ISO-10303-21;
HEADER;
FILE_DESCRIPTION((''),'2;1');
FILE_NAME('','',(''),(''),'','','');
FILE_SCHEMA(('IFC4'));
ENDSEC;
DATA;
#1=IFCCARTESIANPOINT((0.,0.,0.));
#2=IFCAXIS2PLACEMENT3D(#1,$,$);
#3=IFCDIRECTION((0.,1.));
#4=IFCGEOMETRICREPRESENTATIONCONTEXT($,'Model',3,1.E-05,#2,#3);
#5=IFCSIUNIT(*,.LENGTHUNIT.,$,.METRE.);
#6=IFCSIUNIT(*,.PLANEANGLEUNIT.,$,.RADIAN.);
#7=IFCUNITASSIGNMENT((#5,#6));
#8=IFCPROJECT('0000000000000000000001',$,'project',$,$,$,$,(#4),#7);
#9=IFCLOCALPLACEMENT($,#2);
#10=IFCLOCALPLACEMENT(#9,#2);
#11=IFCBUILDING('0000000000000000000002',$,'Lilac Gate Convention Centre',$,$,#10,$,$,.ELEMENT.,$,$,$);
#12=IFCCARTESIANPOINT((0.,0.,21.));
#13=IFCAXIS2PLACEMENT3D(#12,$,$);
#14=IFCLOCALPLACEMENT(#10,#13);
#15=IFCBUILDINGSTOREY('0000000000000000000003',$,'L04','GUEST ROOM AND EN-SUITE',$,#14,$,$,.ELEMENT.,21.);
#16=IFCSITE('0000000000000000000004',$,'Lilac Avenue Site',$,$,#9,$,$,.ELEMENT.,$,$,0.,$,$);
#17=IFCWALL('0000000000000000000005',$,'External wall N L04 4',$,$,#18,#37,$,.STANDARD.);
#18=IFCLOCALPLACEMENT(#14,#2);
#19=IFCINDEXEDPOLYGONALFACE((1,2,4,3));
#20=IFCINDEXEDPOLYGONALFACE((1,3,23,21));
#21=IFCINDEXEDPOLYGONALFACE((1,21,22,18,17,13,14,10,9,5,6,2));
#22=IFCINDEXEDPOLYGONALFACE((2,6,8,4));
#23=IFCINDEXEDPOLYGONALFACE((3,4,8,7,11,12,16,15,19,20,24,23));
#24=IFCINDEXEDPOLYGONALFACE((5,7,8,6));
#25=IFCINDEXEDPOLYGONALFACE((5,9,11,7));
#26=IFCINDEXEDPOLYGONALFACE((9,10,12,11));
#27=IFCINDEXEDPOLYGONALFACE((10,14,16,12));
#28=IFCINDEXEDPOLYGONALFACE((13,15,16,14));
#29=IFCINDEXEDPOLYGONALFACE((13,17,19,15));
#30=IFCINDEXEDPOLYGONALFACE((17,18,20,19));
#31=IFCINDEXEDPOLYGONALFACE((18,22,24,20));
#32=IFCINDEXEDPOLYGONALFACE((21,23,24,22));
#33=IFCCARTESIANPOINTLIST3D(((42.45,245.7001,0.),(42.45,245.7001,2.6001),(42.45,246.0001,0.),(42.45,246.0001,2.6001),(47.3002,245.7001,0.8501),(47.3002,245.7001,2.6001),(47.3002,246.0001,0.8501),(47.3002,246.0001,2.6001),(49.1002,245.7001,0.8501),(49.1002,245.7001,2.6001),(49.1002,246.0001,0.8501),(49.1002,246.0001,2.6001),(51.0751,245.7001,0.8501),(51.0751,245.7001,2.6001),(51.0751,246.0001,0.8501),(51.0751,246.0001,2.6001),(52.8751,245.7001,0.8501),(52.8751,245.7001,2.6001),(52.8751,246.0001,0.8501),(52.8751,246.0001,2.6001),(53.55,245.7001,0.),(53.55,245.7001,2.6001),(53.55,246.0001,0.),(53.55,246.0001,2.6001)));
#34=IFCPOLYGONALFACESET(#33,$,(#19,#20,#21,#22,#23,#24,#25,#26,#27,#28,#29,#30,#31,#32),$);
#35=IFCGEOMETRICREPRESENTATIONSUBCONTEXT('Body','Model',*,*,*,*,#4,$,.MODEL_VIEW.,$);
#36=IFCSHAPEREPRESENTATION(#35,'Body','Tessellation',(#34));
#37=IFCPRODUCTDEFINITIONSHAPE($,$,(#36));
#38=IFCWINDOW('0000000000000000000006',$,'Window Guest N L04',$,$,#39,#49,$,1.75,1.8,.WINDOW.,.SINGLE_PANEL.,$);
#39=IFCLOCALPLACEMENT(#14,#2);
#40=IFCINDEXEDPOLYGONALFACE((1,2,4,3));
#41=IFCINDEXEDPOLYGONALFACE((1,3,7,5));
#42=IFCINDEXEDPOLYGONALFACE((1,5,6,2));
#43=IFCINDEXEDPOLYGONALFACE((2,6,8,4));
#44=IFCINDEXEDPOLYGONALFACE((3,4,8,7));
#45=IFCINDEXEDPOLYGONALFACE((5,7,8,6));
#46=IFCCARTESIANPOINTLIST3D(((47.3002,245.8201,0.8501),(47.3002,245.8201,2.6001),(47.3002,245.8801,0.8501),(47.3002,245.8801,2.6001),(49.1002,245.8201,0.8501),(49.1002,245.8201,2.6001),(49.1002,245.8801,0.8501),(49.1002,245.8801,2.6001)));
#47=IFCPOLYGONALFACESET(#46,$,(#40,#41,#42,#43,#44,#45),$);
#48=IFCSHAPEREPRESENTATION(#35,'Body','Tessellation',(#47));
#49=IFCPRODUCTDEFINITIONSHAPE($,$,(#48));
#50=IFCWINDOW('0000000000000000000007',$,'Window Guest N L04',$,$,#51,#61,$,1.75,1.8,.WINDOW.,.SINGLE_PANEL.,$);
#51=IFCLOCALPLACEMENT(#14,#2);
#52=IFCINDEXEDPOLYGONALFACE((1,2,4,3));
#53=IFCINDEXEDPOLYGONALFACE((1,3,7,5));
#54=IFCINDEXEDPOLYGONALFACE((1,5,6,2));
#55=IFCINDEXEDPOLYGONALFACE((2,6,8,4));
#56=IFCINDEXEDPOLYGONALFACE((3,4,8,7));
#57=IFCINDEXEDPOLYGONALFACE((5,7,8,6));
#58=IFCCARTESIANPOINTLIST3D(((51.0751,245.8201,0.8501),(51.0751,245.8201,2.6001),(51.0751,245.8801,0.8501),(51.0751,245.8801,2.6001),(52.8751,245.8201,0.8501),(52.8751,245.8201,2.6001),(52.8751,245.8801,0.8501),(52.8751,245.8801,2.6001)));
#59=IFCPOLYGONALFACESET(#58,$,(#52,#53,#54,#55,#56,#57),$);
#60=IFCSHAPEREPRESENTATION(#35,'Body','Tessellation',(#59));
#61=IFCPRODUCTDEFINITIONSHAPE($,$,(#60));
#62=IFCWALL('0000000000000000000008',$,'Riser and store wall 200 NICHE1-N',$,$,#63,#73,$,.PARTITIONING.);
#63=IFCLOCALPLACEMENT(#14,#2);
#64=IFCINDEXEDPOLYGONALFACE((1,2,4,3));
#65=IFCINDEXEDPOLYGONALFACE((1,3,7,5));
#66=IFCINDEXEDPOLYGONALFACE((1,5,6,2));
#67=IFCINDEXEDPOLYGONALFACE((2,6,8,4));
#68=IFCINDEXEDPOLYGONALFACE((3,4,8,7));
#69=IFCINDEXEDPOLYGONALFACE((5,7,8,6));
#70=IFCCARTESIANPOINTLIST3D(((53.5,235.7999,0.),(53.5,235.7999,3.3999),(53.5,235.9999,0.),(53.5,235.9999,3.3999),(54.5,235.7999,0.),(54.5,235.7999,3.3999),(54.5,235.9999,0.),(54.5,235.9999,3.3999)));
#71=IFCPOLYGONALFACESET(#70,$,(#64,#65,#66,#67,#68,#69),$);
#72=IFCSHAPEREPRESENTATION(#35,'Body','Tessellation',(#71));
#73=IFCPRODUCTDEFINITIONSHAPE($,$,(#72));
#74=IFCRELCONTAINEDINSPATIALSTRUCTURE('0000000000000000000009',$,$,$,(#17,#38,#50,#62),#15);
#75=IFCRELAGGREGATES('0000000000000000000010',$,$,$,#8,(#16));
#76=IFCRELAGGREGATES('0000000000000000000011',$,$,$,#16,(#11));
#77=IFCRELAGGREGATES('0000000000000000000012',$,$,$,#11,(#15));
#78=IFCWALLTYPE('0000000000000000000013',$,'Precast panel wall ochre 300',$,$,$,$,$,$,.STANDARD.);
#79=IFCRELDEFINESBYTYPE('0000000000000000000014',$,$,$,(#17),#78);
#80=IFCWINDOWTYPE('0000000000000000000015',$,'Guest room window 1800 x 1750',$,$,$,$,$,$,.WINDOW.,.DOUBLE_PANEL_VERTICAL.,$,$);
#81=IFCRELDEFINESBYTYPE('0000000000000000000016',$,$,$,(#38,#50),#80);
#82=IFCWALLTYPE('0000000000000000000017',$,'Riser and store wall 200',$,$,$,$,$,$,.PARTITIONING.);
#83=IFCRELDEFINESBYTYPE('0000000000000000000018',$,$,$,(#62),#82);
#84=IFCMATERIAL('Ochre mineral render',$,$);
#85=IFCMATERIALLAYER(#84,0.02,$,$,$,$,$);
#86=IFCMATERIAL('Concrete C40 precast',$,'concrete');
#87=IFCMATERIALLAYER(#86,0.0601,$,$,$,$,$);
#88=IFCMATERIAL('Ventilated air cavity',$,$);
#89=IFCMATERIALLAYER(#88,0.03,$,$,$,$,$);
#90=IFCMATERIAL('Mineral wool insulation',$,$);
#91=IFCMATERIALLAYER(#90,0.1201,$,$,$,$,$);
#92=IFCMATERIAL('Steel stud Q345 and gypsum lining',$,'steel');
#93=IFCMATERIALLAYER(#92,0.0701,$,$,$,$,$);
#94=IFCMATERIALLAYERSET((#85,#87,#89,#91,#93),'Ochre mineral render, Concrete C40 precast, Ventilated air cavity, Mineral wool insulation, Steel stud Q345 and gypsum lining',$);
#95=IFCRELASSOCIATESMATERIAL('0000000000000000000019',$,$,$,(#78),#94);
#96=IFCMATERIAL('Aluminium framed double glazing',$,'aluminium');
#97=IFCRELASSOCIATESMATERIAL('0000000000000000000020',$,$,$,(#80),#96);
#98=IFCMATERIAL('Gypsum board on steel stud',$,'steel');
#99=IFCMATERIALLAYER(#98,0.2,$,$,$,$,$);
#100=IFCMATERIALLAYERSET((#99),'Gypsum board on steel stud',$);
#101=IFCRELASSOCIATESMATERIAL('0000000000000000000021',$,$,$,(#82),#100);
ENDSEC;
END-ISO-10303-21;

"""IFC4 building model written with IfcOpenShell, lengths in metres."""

from ifc_helpers import new_model, si_unit, direction, frame, frame_2d, origin, place, context, subcontext, project, spatial, rectangle, extrude, material, layer, layer_set, type_object, element, fill, save


model = new_model("IFC4")

# Units and contexts
model_context = context("Model", 3, precision=1e-05, world=origin(), true_north=direction((0.0, 1.0)))
body_context = subcontext(model_context, "Body", "Model", "MODEL_VIEW")
ifc_project = project(units=[si_unit("LENGTHUNIT", "METRE"), si_unit("PLANEANGLEUNIT", "RADIAN")], contexts=[model_context])

# Site, building, storey
site_placement = place(None, origin())
site = spatial("IfcSite", under=ifc_project, at=site_placement, Name="Lilac Avenue Site", CompositionType="ELEMENT", RefElevation=0.0)
building_placement = place(site_placement, origin())
building = spatial("IfcBuilding", under=site, at=building_placement, Name="Lilac Gate Convention Centre", CompositionType="ELEMENT")
storey_placement = place(building_placement, frame((0.0, 0.0, 21.0)))
storey = spatial("IfcBuildingStorey", under=building, at=storey_placement, Name="L04", Description="GUEST ROOM AND EN-SUITE", CompositionType="ELEMENT", Elevation=21.0)

# Shared definitions
ifc_material_1 = material(Name="Gypsum board on steel stud", Category="steel")

# Shared definitions
ifc_material_2 = material(Name="Concrete C40 precast", Category="concrete")
ifc_material_3 = material(Name="Ochre mineral render")

# Wall, openings, windows
ifc_layer_1 = layer(ifc_material_3, 0.02)
ifc_layer_2 = layer(ifc_material_2, 0.0601)
ifc_material_4 = material(Name="Ventilated air cavity")
ifc_layer_3 = layer(ifc_material_4, 0.03)
ifc_material_5 = material(Name="Mineral wool insulation")
ifc_layer_4 = layer(ifc_material_5, 0.1201)
ifc_material_6 = material(Name="Steel stud Q345 and gypsum lining", Category="steel")
ifc_layer_5 = layer(ifc_material_6, 0.0701)
ifc_layer_set_1 = layer_set([ifc_layer_1, ifc_layer_2, ifc_layer_3, ifc_layer_4, ifc_layer_5], Name="Ochre mineral render, Concrete C40 precast, Ventilated air cavity, Mineral wool insulation, Steel stud Q345 and gypsum lining")
wall_type_1 = type_object("IfcWallType", Name="Precast panel wall ochre 300", PredefinedType="STANDARD", material=ifc_layer_set_1)
wall_1_placement = place(storey_placement, frame((53.55, 245.8501, 0.0), z_axis=(0.0, 0.0, 1.0), x_axis=(-1.0, 0.0, 0.0)))
wall_1 = element("IfcWall", 1, at=wall_1_placement, inside=storey, type_object=wall_type_1, Name="External wall N L04 4", PredefinedType="STANDARD", context=body_context, shape_type="SweptSolid", body=[
    extrude(rectangle(XDim=11.1001, YDim=0.3, at=frame_2d((5.55, 0.0))), origin(), (0.0, 0.0, 1.0), 2.6001),
])
opening_1_placement = place(wall_1_placement, frame((4.45, 0.0, 0.8501)))
opening_1 = element("IfcOpeningElement", 2, at=opening_1_placement, cuts=wall_1, PredefinedType="OPENING", context=body_context, shape_type="SweptSolid", body=[
    extrude(rectangle(XDim=1.8, YDim=1.75, at=frame_2d((0.8999, 0.875))), frame((0.0, 0.1599, 0.0), z_axis=(0.0, -1.0, 0.0), x_axis=(1.0, 0.0, 0.0)), (0.0, 0.0, 1.0), 0.3201),
])
opening_2_placement = place(wall_1_placement, frame((0.675, 0.0, 0.8501)))
opening_2 = element("IfcOpeningElement", 3, at=opening_2_placement, cuts=wall_1, PredefinedType="OPENING", context=body_context, shape_type="SweptSolid", body=[
    extrude(rectangle(XDim=1.8, YDim=1.75, at=frame_2d((0.8999, 0.875))), frame((0.0, 0.1599, 0.0), z_axis=(0.0, -1.0, 0.0), x_axis=(1.0, 0.0, 0.0)), (0.0, 0.0, 1.0), 0.3201),
])
ifc_material_7 = material(Name="Aluminium framed double glazing", Category="aluminium")
window_type = type_object("IfcWindowType", Name="Guest room window 1800 x 1750", PartitioningType="DOUBLE_PANEL_VERTICAL", PredefinedType="WINDOW", material=ifc_material_7)
window_1_placement = place(opening_1_placement, origin())
window_1 = element("IfcWindow", 4, at=window_1_placement, inside=storey, type_object=window_type, Name="Window Guest N L04", OverallHeight=1.75, OverallWidth=1.8, PartitioningType="SINGLE_PANEL", PredefinedType="WINDOW", context=body_context, shape_type="SweptSolid", body=[
    extrude(rectangle(XDim=1.8, YDim=1.75, at=frame_2d((0.8999, 0.875))), frame((0.0, 0.03, 0.0), z_axis=(0.0, -1.0, 0.0), x_axis=(1.0, 0.0, 0.0)), (0.0, 0.0, 1.0), 0.0601),
])
fill(opening_1, window_1)
window_2_placement = place(opening_2_placement, origin())
window_2 = element("IfcWindow", 5, at=window_2_placement, inside=storey, type_object=window_type, Name="Window Guest N L04", OverallHeight=1.75, OverallWidth=1.8, PartitioningType="SINGLE_PANEL", PredefinedType="WINDOW", context=body_context, shape_type="SweptSolid", body=[
    extrude(rectangle(XDim=1.8, YDim=1.75, at=frame_2d((0.8999, 0.875))), frame((0.0, 0.03, 0.0), z_axis=(0.0, -1.0, 0.0), x_axis=(1.0, 0.0, 0.0)), (0.0, 0.0, 1.0), 0.0601),
])
fill(opening_2, window_2)

# Wall
ifc_layer_6 = layer(ifc_material_1, 0.2)
ifc_layer_set_2 = layer_set([ifc_layer_6], Name="Gypsum board on steel stud")
wall_type_2 = type_object("IfcWallType", Name="Riser and store wall 200", PredefinedType="PARTITIONING", material=ifc_layer_set_2)
wall_2_placement = place(storey_placement, frame((53.5, 235.8999, 0.0), z_axis=(0.0, 0.0, 1.0), x_axis=(1.0, 0.0, 0.0)))
element("IfcWall", 6, at=wall_2_placement, inside=storey, type_object=wall_type_2, Name="Riser and store wall 200 NICHE1-N", PredefinedType="PARTITIONING", context=body_context, shape_type="SweptSolid", body=[
    extrude(rectangle(XDim=1.0, YDim=0.2, at=frame_2d((0.5, 0.0))), origin(), (0.0, 0.0, 1.0), 3.3999),
])

save(model, "model.ifc")
